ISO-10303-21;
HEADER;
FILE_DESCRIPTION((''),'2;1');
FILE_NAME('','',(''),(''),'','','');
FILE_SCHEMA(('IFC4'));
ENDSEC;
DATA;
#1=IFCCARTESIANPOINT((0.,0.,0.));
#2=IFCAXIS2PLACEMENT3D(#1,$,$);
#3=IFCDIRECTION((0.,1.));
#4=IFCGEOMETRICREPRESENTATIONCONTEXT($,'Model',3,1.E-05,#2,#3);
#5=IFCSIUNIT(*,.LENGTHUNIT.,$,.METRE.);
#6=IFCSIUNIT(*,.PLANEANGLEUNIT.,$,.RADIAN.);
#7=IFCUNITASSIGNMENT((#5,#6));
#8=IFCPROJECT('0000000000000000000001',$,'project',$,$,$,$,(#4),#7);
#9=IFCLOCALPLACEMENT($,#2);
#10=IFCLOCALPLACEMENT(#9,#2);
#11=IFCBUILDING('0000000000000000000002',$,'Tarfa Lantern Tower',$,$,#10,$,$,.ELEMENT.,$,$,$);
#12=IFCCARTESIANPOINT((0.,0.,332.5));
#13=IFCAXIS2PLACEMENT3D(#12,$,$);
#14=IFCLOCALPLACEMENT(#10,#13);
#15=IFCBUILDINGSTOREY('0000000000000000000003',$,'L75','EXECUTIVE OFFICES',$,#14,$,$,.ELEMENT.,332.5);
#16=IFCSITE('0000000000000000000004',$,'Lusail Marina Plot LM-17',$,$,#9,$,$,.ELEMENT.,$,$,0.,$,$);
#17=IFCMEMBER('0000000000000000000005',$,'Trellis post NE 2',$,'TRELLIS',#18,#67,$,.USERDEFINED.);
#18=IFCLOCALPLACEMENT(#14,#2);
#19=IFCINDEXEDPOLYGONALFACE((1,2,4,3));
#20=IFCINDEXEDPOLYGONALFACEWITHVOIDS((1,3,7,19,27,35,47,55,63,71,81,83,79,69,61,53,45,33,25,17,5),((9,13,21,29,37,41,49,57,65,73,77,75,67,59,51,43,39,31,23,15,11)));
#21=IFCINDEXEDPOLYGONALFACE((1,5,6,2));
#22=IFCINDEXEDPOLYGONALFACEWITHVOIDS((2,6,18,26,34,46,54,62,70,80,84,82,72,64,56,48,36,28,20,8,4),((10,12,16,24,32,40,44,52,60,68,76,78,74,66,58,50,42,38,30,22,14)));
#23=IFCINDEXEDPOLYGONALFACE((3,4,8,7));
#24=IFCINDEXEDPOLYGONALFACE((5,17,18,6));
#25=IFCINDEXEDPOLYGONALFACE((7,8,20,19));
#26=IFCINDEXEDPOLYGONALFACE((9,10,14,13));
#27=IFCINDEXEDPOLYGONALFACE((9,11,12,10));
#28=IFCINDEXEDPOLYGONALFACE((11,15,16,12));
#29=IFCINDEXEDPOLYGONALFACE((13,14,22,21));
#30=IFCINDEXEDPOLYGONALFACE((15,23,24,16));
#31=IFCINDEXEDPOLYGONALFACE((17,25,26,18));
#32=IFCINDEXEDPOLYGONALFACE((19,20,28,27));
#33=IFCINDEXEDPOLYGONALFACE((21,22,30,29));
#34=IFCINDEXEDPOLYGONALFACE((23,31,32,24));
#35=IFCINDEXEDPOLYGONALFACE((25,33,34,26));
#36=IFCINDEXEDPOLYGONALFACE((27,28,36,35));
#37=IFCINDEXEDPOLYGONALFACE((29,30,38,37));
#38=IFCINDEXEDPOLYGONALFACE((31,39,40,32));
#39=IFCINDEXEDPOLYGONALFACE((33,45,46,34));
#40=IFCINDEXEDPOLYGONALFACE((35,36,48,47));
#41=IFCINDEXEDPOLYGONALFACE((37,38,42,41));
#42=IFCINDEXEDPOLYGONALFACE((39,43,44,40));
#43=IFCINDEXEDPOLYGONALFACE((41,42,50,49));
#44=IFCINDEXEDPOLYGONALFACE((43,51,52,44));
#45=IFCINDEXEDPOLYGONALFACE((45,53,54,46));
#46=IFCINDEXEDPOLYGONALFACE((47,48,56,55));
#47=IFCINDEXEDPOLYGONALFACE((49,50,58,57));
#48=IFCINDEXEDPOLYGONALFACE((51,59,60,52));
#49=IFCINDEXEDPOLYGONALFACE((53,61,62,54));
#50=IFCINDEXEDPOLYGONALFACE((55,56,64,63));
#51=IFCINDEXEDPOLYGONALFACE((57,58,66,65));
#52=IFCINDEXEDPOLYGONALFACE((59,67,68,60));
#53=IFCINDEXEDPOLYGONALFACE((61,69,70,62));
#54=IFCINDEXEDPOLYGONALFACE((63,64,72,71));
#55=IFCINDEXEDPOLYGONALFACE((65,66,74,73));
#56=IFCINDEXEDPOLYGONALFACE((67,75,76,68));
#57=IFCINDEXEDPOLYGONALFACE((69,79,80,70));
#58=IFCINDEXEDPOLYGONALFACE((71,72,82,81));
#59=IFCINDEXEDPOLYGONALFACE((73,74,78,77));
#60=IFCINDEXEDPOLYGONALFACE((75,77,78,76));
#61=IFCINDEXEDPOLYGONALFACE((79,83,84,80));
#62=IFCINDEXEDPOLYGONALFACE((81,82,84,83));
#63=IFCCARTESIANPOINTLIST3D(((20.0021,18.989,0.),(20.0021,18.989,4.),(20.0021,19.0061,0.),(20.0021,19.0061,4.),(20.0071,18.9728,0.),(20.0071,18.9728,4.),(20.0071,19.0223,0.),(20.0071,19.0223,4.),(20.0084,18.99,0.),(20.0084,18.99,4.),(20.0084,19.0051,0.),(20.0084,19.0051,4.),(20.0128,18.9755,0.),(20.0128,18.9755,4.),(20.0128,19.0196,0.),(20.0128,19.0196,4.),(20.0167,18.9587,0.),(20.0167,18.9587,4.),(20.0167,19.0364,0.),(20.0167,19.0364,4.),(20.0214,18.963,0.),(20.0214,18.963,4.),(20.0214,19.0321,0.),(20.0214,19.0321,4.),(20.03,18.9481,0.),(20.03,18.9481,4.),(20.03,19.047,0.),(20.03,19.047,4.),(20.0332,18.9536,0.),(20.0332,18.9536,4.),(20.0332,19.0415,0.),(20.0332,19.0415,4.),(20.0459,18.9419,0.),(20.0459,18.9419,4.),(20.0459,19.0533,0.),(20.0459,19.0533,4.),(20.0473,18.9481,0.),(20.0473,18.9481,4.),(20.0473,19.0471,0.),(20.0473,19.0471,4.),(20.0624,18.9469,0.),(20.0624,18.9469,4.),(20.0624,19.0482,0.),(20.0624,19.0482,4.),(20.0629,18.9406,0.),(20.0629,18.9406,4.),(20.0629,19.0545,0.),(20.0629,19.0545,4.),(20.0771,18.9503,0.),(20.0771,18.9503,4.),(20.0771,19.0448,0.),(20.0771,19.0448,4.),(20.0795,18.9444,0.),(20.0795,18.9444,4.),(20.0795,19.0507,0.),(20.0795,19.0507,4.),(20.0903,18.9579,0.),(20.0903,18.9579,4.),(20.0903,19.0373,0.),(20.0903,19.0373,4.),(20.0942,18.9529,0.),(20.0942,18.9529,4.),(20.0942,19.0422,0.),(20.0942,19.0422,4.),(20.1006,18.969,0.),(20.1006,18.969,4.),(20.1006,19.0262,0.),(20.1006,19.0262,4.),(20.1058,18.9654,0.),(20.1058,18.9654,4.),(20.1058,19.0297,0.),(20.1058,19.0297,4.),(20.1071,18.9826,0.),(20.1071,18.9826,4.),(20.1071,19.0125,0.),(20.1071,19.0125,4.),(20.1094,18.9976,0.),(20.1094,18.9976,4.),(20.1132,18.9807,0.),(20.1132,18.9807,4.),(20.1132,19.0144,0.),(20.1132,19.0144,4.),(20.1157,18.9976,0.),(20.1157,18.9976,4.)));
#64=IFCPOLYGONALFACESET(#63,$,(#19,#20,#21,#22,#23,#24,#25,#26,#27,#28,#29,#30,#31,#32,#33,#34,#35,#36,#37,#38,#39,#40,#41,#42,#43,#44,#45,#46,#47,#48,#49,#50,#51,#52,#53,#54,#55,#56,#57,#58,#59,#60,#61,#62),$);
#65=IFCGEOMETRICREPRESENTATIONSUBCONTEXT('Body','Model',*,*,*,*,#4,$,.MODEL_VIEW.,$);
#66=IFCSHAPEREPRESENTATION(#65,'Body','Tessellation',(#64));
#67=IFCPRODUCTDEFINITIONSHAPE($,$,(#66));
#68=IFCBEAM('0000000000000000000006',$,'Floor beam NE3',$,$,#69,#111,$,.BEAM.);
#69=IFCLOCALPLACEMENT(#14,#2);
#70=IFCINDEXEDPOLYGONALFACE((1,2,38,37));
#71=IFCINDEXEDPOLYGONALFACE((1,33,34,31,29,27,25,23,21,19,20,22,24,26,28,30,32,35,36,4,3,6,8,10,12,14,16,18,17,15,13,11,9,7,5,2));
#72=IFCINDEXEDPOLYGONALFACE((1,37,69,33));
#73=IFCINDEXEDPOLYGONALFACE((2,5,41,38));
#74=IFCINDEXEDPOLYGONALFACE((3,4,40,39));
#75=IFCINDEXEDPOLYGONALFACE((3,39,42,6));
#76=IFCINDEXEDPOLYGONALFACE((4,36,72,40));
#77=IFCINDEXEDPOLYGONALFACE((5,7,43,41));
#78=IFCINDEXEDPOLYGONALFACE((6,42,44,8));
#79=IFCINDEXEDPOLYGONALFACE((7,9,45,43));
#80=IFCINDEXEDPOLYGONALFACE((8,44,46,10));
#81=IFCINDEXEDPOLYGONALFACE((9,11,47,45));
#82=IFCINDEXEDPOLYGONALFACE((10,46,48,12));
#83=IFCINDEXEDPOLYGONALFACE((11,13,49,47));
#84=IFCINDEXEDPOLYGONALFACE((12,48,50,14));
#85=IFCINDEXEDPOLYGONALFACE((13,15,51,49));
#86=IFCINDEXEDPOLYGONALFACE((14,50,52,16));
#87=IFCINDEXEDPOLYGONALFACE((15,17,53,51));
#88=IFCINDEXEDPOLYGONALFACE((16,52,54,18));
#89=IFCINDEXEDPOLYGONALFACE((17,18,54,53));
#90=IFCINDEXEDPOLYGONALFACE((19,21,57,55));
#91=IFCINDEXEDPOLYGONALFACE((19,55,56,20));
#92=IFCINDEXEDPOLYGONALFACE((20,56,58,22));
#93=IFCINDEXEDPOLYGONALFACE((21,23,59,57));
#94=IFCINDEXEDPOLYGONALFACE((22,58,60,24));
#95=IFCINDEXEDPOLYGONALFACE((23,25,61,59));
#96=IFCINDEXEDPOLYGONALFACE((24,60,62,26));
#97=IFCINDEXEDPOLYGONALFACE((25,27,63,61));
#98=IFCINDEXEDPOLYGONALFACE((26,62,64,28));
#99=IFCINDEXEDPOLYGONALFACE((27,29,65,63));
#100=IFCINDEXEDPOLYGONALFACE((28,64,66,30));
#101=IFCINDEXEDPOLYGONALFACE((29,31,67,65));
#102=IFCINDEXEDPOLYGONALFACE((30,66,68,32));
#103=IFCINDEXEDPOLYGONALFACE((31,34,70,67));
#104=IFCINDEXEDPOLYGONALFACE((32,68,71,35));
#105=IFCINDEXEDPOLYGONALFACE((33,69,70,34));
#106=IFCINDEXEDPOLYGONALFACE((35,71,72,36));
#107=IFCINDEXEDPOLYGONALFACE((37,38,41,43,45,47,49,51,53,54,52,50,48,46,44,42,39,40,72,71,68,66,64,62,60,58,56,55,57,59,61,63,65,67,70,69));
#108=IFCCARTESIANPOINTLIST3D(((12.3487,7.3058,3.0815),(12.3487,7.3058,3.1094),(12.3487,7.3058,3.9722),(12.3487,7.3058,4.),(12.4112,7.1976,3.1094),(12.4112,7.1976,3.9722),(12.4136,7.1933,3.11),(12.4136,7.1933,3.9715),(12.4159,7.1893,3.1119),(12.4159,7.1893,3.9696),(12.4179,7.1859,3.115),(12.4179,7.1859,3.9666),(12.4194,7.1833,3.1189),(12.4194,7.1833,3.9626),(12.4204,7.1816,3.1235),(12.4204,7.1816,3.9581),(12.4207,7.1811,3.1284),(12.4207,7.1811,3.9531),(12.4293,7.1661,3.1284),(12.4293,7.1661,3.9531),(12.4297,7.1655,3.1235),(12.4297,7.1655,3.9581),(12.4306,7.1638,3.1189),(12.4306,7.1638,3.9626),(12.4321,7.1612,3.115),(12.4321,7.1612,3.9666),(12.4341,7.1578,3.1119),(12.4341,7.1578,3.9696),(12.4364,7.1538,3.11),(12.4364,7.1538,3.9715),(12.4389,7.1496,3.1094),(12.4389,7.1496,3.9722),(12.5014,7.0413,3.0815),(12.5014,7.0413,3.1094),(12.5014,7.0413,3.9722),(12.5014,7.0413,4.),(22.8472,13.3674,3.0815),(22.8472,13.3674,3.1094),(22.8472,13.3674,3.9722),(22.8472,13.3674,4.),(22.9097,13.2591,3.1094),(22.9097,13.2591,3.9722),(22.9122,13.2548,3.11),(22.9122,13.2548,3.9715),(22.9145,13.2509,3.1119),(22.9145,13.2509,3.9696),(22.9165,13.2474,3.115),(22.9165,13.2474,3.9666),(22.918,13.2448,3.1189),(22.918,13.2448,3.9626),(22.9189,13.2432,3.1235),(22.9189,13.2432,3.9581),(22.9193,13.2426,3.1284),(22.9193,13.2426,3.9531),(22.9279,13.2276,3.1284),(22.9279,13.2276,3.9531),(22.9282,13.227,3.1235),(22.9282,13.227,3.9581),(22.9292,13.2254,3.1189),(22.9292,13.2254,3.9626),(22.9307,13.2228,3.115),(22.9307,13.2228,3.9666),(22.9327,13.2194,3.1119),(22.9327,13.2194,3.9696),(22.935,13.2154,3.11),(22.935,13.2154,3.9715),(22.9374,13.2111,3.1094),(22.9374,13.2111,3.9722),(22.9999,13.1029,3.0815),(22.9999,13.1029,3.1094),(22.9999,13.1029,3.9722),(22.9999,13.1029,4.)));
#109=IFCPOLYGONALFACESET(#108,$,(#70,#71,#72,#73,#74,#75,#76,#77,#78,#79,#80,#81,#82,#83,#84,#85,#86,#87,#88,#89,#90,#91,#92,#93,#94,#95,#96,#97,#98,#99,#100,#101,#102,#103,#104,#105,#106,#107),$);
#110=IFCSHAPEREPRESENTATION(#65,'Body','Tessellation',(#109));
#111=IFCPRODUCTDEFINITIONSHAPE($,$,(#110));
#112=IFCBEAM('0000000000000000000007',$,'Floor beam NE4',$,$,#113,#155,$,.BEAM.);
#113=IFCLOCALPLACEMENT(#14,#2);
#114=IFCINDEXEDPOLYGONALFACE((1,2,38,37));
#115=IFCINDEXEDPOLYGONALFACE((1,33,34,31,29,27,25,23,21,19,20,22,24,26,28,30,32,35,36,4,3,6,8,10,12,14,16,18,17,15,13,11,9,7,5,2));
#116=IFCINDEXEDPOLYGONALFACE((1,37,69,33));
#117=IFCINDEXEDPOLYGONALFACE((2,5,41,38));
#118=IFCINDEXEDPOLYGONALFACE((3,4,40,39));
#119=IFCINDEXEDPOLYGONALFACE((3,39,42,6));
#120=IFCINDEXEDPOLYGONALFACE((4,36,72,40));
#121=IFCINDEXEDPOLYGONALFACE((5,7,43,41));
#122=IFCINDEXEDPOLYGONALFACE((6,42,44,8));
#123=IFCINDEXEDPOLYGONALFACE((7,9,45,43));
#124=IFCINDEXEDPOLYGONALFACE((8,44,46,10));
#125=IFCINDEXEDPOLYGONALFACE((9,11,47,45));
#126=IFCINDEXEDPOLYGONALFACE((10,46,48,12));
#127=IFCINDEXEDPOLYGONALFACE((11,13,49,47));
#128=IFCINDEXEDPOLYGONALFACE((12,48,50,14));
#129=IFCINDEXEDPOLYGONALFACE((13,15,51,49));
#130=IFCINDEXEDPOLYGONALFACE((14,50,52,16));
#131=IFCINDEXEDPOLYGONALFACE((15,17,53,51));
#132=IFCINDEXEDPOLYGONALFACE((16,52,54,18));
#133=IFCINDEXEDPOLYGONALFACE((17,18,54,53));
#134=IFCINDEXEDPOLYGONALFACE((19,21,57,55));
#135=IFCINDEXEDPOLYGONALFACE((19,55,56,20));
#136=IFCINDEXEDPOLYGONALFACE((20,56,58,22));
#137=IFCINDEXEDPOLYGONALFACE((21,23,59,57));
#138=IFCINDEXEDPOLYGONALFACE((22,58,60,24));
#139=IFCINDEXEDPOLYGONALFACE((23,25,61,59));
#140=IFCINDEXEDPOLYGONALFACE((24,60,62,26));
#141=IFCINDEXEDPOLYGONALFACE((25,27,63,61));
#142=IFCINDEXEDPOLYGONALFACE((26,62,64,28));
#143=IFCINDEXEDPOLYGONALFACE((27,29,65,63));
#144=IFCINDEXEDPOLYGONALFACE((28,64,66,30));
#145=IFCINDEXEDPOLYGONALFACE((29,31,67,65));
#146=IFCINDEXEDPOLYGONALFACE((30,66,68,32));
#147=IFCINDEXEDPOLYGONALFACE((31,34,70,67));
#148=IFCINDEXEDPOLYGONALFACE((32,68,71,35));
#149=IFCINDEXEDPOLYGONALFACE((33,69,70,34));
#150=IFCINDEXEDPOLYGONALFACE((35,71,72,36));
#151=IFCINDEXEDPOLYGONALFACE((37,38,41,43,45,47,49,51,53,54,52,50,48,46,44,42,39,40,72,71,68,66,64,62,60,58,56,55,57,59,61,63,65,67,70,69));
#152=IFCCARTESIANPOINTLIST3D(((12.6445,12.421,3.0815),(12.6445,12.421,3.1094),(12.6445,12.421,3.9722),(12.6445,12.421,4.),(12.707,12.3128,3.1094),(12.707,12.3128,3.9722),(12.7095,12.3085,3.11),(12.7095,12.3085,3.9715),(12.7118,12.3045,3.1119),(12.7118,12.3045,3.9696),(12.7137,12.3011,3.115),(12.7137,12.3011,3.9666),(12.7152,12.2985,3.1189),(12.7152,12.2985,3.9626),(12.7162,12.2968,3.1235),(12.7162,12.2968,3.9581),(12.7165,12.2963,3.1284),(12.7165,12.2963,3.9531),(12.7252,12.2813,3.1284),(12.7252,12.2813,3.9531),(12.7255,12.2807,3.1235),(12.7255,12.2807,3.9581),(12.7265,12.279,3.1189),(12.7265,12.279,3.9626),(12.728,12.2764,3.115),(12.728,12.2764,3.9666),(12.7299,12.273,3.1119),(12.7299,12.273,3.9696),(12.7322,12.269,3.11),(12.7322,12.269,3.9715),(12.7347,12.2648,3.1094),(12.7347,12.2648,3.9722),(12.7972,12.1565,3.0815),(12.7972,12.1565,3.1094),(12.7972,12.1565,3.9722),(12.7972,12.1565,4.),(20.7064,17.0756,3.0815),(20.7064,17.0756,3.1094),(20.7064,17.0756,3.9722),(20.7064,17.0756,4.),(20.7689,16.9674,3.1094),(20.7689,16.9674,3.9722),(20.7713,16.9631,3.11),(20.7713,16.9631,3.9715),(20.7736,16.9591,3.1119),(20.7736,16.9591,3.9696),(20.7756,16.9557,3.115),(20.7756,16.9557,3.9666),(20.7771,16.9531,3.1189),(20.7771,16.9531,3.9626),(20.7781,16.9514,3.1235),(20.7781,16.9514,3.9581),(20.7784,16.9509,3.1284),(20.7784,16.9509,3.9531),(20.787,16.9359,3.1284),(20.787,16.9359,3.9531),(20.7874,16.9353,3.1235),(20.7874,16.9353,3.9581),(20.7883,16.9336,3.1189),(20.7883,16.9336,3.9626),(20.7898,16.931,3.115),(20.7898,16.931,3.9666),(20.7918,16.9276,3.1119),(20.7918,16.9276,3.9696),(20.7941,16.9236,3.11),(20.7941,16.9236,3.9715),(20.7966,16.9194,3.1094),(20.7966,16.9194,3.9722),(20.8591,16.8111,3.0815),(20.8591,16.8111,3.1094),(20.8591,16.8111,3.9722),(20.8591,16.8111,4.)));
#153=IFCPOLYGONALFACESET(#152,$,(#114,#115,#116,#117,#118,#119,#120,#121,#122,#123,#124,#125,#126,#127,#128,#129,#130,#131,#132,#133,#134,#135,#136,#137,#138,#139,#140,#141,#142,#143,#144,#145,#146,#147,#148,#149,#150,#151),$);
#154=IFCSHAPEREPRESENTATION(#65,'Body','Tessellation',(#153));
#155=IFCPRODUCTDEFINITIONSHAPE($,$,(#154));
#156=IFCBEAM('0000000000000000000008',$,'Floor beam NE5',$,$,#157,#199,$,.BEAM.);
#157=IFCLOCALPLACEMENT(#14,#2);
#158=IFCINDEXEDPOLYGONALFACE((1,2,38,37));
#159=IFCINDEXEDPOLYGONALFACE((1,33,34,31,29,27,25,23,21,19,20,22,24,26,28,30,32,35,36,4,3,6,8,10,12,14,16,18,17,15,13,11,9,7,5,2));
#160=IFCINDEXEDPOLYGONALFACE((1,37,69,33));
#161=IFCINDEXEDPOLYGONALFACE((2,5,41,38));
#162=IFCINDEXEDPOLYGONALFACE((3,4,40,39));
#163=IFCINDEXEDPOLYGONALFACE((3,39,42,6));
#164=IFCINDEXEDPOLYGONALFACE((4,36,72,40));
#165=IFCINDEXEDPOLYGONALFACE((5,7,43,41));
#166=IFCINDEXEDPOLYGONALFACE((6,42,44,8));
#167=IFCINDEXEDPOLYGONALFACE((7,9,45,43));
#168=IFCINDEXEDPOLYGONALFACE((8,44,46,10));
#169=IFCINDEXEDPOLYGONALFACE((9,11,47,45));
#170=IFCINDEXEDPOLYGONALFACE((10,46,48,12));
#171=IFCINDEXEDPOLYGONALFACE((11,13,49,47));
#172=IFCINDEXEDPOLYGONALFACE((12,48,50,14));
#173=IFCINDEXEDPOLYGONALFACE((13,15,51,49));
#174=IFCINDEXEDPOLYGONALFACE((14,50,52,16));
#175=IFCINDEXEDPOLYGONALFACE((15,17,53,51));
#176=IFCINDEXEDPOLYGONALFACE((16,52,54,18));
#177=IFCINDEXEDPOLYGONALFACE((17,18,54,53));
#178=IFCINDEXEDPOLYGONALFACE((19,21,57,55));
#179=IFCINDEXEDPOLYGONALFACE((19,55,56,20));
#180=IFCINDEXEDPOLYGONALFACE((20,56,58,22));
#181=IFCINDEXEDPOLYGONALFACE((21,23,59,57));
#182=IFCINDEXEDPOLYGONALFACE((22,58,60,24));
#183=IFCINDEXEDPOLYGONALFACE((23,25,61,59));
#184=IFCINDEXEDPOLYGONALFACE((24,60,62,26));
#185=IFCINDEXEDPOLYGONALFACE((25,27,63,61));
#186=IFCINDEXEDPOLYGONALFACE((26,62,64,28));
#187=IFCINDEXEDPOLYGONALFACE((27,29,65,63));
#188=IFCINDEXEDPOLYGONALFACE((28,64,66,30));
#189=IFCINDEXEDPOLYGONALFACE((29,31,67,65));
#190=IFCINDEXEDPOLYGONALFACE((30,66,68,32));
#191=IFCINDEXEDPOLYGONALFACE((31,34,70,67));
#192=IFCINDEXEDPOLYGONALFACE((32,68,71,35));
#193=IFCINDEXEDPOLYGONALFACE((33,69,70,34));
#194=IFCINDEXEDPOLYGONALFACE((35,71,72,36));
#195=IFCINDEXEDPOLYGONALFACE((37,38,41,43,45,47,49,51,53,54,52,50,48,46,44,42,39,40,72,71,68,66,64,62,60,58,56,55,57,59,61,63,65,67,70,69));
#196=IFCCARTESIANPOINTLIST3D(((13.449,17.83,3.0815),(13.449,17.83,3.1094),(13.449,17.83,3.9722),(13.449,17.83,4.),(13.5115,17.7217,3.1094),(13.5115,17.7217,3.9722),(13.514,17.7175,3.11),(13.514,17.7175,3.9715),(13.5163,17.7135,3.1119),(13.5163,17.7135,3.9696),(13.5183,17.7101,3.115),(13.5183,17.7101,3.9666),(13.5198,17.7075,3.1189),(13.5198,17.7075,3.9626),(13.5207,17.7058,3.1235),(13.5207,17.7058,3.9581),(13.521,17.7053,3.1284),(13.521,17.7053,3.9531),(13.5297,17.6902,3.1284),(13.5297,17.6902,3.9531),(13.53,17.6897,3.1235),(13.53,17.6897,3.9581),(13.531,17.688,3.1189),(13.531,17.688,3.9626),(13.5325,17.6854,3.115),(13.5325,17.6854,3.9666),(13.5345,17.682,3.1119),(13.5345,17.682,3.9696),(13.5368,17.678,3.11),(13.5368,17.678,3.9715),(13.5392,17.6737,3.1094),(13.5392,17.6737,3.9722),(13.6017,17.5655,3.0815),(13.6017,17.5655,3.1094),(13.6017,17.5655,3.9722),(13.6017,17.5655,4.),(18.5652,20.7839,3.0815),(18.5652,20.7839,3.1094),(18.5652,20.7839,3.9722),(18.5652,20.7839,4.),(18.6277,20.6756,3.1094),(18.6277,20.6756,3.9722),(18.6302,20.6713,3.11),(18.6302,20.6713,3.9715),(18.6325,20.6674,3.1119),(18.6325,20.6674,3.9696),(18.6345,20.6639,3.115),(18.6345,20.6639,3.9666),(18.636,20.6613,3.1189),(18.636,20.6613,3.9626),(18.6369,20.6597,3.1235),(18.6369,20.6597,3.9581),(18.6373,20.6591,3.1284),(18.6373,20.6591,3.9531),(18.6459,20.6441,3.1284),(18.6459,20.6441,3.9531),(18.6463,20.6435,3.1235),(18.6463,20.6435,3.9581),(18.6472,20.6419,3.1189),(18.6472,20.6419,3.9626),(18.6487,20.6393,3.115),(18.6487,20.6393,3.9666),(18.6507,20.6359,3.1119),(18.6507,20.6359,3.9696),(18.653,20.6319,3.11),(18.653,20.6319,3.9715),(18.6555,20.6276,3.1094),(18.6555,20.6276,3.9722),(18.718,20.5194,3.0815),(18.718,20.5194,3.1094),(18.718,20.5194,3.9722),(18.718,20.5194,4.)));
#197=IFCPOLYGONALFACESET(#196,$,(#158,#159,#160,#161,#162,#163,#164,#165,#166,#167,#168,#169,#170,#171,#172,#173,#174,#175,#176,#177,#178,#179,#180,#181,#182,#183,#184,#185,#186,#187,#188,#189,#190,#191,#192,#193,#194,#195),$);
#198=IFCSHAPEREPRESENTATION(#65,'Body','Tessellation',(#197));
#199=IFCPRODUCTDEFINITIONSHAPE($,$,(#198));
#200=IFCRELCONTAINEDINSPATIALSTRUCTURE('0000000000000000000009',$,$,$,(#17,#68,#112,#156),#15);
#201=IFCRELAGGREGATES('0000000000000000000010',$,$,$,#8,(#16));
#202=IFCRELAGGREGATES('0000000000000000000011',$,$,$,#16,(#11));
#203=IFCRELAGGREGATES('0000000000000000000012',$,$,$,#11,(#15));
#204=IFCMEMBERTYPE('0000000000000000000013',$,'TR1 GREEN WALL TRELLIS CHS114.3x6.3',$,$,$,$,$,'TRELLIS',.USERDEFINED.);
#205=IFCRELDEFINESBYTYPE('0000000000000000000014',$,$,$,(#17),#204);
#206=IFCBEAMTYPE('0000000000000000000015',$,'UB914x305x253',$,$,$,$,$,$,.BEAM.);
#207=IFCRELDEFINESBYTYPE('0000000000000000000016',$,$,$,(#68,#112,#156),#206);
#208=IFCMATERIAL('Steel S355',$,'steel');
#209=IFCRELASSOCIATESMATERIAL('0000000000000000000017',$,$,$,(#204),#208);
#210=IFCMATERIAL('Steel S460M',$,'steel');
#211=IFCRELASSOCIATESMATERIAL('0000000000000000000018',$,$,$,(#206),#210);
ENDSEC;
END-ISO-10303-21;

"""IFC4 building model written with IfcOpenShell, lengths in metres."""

from ifc_helpers import new_model, si_unit, direction, frame, origin, origin_2d, place, context, subcontext, project, spatial, hollow_circle, i_section, extrude, material, material_profile, profile_set, type_object, element, save


model = new_model("IFC4")

# Units and contexts
model_context = context("Model", 3, precision=1e-05, world=origin(), true_north=direction((0.0, 1.0)))
body_context = subcontext(model_context, "Body", "Model", "MODEL_VIEW")
ifc_project = project(units=[si_unit("LENGTHUNIT", "METRE"), si_unit("PLANEANGLEUNIT", "RADIAN")], contexts=[model_context])

# Site, building, storey
site_placement = place(None, origin())
site = spatial("IfcSite", under=ifc_project, at=site_placement, Name="Lusail Marina Plot LM-17", CompositionType="ELEMENT", RefElevation=0.0)
building_placement = place(site_placement, origin())
building = spatial("IfcBuilding", under=site, at=building_placement, Name="Tarfa Lantern Tower", CompositionType="ELEMENT")
storey_placement = place(building_placement, frame((0.0, 0.0, 332.5)))
storey = spatial("IfcBuildingStorey", under=building, at=storey_placement, Name="L75", Description="EXECUTIVE OFFICES", CompositionType="ELEMENT", Elevation=332.5)

# Member
ifc_material_1 = material(Name="Steel S355", Category="steel")
ifc_material_profile_1 = material_profile(ifc_material_1, hollow_circle(Radius=0.0571, WallThickness=0.0063, at=origin_2d()), Name="CHS114.3x6.3")
ifc_profile_set_1 = profile_set([ifc_material_profile_1], Name="Steel S355")
member_type_1 = type_object("IfcMemberType", Name="TR1 GREEN WALL TRELLIS CHS114.3x6.3", ElementType="TRELLIS", PredefinedType="USERDEFINED", material=ifc_profile_set_1)
member_1_placement = place(storey_placement, frame((20.0586, 18.9976, 0.0), z_axis=(0.0, 0.0, 1.0), x_axis=(1.0, 0.0, 0.0)))
element("IfcMember", 1, at=member_1_placement, inside=storey, type_object=member_type_1, Name="Trellis post NE 2", ObjectType="TRELLIS", PredefinedType="USERDEFINED", context=body_context, shape_type="SweptSolid", body=[
    extrude(hollow_circle(Radius=0.0571, WallThickness=0.0063, at=origin_2d()), origin(), (0.0, 0.0, 1.0), 4.0),
])

# Beams
ifc_material_2 = material(Name="Steel S460M", Category="steel")
ifc_material_profile_2 = material_profile(ifc_material_2, i_section(OverallWidth=0.3054, OverallDepth=0.9185, WebThickness=0.0173, FlangeThickness=0.0278, FilletRadius=0.019, at=origin_2d()), Name="UB914x305x253")
ifc_profile_set_2 = profile_set([ifc_material_profile_2], Name="Steel S460M")
beam_type_1 = type_object("IfcBeamType", Name="UB914x305x253", PredefinedType="BEAM", material=ifc_profile_set_2)
beam_1_placement = place(storey_placement, frame((22.9236, 13.2351, 3.5408), z_axis=(-0.866019, -0.500012, 0.0), x_axis=(0.500012, -0.866019, 0.0)))
element("IfcBeam", 2, at=beam_1_placement, inside=storey, type_object=beam_type_1, Name="Floor beam NE3", PredefinedType="BEAM", context=body_context, shape_type="SweptSolid", body=[
    extrude(i_section(OverallWidth=0.3054, OverallDepth=0.9185, WebThickness=0.0173, FlangeThickness=0.0278, FilletRadius=0.019, at=origin_2d()), origin(), (0.0, 0.0, 1.0), 12.1228),
])
beam_2_placement = place(storey_placement, frame((20.7827, 16.9434, 3.5408), z_axis=(-0.866022, -0.500006, 0.0), x_axis=(0.500006, -0.866022, 0.0)))
element("IfcBeam", 3, at=beam_2_placement, inside=storey, type_object=beam_type_1, Name="Floor beam NE4", PredefinedType="BEAM", context=body_context, shape_type="SweptSolid", body=[
    extrude(i_section(OverallWidth=0.3054, OverallDepth=0.9185, WebThickness=0.0173, FlangeThickness=0.0278, FilletRadius=0.019, at=origin_2d()), origin(), (0.0, 0.0, 1.0), 9.3091),
])
beam_3_placement = place(storey_placement, frame((18.6416, 20.6516, 3.5408), z_axis=(-0.866025, -0.500001, 0.0), x_axis=(0.500001, -0.866025, 0.0)))
element("IfcBeam", 4, at=beam_3_placement, inside=storey, type_object=beam_type_1, Name="Floor beam NE5", PredefinedType="BEAM", context=body_context, shape_type="SweptSolid", body=[
    extrude(i_section(OverallWidth=0.3054, OverallDepth=0.9185, WebThickness=0.0173, FlangeThickness=0.0278, FilletRadius=0.019, at=origin_2d()), origin(), (0.0, 0.0, 1.0), 5.9077),
])

save(model, "model.ifc")
